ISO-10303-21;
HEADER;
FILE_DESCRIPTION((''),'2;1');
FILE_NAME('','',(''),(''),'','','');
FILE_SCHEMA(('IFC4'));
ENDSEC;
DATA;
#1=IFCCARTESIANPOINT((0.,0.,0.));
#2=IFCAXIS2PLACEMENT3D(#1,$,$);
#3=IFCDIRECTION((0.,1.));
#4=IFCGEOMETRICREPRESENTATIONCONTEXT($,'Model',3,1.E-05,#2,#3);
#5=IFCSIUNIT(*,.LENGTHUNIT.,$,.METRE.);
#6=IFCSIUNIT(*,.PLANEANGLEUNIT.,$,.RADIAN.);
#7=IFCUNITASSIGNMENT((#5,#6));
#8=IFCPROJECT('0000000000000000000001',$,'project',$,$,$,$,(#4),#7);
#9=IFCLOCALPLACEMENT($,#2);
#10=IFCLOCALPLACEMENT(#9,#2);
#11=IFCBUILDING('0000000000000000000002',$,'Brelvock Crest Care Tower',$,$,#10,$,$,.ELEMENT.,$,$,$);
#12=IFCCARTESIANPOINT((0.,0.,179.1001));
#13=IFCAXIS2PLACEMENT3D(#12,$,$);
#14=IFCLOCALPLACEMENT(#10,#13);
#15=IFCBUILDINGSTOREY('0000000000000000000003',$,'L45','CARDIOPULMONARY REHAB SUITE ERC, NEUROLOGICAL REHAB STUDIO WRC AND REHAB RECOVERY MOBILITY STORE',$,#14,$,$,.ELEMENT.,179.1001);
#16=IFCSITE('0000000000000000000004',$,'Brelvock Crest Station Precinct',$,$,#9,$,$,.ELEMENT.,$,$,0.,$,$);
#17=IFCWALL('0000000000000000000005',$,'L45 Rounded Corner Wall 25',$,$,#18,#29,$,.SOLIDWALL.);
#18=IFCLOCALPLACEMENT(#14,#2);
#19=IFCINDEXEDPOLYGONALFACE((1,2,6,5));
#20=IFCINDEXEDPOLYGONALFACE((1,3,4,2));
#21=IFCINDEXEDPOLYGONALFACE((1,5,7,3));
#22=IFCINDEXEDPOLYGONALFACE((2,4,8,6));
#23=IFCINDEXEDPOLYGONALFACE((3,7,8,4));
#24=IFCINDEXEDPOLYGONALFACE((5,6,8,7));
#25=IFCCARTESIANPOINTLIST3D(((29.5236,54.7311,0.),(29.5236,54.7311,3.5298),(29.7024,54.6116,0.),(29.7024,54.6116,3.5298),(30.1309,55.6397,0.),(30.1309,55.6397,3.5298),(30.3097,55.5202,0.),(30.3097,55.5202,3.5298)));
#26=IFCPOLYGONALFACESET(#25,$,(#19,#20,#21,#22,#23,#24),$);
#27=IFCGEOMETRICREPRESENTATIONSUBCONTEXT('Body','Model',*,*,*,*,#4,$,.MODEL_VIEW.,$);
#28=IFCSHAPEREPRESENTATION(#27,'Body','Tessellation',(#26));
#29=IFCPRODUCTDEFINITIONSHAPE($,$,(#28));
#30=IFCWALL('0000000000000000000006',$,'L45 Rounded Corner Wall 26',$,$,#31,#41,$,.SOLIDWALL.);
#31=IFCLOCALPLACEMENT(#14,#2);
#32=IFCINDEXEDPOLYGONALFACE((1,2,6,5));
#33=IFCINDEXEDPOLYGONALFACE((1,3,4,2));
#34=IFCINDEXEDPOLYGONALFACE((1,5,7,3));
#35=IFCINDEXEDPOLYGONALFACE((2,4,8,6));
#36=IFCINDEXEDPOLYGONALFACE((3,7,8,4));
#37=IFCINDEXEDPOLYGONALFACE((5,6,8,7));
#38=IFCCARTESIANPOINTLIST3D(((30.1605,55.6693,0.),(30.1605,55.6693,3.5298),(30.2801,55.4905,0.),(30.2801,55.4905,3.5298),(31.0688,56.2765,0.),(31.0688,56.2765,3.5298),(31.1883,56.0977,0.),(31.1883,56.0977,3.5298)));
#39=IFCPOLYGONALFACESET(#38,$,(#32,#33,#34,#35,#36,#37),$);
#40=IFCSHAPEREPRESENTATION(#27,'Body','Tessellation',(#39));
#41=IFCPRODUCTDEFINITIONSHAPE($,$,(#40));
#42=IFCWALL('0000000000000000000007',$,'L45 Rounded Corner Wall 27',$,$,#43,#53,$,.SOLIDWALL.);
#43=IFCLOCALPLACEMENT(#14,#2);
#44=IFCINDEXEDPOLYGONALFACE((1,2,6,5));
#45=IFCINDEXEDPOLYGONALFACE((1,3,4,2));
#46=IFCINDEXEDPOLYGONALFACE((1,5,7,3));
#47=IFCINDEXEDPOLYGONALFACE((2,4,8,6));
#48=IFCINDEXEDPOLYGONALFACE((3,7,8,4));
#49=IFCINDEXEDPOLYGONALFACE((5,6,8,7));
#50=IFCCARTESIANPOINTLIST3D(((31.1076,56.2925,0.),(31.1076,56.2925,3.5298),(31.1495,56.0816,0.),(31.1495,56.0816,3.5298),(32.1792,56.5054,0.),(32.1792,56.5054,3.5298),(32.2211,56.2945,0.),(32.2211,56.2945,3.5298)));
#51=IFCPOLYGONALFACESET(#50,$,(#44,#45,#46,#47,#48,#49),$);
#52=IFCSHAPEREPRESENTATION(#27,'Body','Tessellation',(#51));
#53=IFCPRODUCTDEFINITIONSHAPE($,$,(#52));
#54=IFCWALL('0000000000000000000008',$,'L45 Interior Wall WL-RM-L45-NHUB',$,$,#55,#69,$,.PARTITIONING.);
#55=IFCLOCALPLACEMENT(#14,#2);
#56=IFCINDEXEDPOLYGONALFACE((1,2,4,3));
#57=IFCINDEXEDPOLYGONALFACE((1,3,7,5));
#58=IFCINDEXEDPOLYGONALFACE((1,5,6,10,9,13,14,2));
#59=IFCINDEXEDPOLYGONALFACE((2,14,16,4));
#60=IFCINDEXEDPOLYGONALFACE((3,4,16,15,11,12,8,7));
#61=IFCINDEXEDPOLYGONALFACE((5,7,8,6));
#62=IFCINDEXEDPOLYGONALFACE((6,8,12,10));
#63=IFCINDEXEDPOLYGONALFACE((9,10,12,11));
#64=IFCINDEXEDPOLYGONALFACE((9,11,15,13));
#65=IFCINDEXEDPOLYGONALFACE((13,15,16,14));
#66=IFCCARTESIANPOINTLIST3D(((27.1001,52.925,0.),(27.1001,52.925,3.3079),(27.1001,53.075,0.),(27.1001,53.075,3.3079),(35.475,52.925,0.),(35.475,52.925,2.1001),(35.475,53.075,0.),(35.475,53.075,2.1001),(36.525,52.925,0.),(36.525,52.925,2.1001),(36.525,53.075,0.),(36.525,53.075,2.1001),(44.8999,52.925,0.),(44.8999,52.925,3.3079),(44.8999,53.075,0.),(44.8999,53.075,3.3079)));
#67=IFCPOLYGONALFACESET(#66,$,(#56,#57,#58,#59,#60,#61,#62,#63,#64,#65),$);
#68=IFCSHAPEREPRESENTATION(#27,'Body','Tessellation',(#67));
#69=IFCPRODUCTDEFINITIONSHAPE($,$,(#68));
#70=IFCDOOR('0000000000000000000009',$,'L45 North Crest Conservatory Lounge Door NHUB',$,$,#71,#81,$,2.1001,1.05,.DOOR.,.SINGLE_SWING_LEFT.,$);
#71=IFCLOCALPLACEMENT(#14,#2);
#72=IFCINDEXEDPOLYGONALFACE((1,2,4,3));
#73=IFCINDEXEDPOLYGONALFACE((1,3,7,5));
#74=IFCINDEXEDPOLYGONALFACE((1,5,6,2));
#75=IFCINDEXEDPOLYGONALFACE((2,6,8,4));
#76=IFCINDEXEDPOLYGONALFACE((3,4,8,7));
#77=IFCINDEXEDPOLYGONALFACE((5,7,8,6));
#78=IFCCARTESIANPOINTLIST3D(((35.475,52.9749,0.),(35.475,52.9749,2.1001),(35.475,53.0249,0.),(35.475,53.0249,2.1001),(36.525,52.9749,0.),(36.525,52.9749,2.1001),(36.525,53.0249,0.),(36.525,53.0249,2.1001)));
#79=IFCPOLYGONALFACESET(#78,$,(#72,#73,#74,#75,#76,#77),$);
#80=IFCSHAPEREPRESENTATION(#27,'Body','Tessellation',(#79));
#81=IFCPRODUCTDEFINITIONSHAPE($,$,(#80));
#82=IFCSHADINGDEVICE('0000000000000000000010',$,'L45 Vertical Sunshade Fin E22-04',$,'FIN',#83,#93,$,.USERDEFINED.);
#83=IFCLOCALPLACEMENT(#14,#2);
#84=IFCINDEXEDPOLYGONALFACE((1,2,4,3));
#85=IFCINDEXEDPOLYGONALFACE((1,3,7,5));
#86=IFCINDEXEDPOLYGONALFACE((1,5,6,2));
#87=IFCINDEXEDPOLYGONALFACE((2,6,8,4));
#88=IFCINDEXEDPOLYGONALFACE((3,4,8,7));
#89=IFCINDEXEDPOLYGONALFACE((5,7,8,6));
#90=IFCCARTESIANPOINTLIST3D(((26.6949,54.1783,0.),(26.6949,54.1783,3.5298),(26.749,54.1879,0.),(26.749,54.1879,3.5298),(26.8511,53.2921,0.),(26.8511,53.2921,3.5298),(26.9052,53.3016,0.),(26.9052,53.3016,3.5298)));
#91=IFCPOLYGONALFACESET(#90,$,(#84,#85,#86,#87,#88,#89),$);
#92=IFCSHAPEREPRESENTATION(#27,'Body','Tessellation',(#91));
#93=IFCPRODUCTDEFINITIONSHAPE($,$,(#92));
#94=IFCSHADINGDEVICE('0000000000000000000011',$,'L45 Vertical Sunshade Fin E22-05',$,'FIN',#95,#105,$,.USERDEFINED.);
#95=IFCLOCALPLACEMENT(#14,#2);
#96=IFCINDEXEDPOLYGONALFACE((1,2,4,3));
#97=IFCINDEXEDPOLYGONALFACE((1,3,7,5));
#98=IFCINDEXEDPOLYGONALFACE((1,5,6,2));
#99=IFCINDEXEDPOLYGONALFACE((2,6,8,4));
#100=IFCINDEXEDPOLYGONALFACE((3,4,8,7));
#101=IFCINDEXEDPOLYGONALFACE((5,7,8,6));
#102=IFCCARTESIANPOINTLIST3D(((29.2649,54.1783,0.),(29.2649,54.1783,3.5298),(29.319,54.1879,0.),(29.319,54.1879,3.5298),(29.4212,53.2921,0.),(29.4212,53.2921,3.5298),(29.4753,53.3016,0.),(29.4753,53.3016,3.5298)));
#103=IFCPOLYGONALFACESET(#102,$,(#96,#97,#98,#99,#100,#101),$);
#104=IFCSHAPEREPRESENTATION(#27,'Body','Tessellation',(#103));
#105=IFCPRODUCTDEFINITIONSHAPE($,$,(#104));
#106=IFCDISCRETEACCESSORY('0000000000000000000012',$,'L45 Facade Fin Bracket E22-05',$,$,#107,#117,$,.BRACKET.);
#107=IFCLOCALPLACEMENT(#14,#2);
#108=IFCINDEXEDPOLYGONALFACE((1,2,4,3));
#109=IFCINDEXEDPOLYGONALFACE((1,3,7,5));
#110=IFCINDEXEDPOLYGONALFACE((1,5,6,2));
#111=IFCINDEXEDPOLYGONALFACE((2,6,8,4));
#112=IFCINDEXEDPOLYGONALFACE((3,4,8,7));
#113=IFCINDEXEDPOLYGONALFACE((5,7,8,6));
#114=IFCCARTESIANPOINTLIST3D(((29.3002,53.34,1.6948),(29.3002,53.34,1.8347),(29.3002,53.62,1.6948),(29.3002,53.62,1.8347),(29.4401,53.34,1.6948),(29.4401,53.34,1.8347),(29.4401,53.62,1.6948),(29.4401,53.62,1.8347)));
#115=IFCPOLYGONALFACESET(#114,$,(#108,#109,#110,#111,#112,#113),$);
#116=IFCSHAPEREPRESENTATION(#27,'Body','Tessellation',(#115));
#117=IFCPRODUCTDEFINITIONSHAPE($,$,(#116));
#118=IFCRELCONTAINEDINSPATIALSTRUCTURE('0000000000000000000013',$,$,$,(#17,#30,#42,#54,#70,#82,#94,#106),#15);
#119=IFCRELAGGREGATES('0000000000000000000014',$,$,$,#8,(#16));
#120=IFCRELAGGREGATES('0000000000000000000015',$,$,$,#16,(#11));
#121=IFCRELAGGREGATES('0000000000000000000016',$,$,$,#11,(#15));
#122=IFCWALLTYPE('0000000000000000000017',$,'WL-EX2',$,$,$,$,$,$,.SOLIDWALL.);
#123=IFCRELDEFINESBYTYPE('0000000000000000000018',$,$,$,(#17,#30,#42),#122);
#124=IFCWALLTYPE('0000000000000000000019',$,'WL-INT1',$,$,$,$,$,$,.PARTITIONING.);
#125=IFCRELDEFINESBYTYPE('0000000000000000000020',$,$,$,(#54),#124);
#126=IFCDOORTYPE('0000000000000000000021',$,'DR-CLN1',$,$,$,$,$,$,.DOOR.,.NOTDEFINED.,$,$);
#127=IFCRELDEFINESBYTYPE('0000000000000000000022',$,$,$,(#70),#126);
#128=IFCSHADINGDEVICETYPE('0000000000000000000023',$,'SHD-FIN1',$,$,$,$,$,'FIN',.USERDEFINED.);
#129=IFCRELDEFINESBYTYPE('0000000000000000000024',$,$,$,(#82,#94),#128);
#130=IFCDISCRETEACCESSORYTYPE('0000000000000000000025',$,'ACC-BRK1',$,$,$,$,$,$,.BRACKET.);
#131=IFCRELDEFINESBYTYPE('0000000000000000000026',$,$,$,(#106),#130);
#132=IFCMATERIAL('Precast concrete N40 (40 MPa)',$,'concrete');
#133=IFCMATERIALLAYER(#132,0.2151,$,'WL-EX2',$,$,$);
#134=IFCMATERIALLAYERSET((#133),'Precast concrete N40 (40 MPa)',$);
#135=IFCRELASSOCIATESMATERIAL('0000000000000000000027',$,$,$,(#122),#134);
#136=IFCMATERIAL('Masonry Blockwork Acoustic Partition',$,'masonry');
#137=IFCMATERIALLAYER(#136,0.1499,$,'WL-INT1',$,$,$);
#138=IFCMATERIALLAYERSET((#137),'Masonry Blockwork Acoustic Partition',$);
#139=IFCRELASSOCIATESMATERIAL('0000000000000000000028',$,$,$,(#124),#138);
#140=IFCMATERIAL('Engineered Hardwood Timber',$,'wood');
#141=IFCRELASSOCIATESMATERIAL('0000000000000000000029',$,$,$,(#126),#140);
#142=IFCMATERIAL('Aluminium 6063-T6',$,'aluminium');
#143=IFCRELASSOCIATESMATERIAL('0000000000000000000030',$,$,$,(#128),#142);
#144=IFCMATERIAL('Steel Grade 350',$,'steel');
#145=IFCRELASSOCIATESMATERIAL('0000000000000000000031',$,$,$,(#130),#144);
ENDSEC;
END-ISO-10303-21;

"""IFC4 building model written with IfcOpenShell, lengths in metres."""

from ifc_helpers import new_model, si_unit, direction, frame, frame_2d, origin, origin_2d, place, context, subcontext, project, spatial, rectangle, extrude, source, transform, mapped, material, layer, layer_set, material_profile, profile_set, type_object, element, fill, save


model = new_model("IFC4")

# Units and contexts
model_context = context("Model", 3, precision=1e-05, world=origin(), true_north=direction((0.0, 1.0)))
body_context = subcontext(model_context, "Body", "Model", "MODEL_VIEW")
ifc_project = project(units=[si_unit("LENGTHUNIT", "METRE"), si_unit("PLANEANGLEUNIT", "RADIAN")], contexts=[model_context])

# Site, building, storey
site_placement = place(None, origin())
site = spatial("IfcSite", under=ifc_project, at=site_placement, Name="Brelvock Crest Station Precinct", CompositionType="ELEMENT", RefElevation=0.0)
building_placement = place(site_placement, origin())
building = spatial("IfcBuilding", under=site, at=building_placement, Name="Brelvock Crest Care Tower", CompositionType="ELEMENT")
storey_placement = place(building_placement, frame((0.0, 0.0, 179.1001)))
storey = spatial("IfcBuildingStorey", under=building, at=storey_placement, Name="L45", Description="CARDIOPULMONARY REHAB SUITE ERC, NEUROLOGICAL REHAB STUDIO WRC AND REHAB RECOVERY MOBILITY STORE", CompositionType="ELEMENT", Elevation=179.1001)

# Shared definitions
ifc_material_1 = material(Name="Steel Grade 350", Category="steel")

# Shared definitions
ifc_material_2 = material(Name="Aluminium 6063-T6", Category="aluminium")

# Walls
ifc_material_3 = material(Name="Precast concrete N40 (40 MPa)", Category="concrete")
ifc_layer_1 = layer(ifc_material_3, 0.2151, Name="WL-EX2")
ifc_layer_set_1 = layer_set([ifc_layer_1], Name="Precast concrete N40 (40 MPa)")
wall_type_1 = type_object("IfcWallType", Name="WL-EX2", PredefinedType="SOLIDWALL", material=ifc_layer_set_1)
wall_1_placement = place(storey_placement, frame((29.613, 54.6714, 0.0), z_axis=(0.0, 0.0, 1.0), x_axis=(0.555679, 0.831397, 0.0)))
element("IfcWall", 1, at=wall_1_placement, inside=storey, type_object=wall_type_1, Name="L45 Rounded Corner Wall 25", PredefinedType="SOLIDWALL", context=body_context, shape_type="SweptSolid", body=[
    extrude(rectangle(XDim=1.0928, YDim=0.2151, at=frame_2d((0.5464, 0.0))), origin(), (0.0, 0.0, 1.0), 3.5298),
])
for number, where, z_axis, x_axis, name in (
    (2, (30.2202, 55.5798, 0.0), (0.0, 0.0, 1.0), (0.831328, 0.555783, 0.0), "L45 Rounded Corner Wall 26"),
    (3, (31.1284, 56.187, 0.0), (0.0, 0.0, 1.0), (0.980829, 0.19487, 0.0), "L45 Rounded Corner Wall 27"),
):
    element("IfcWall", number, at=place(storey_placement, frame(where, z_axis=z_axis, x_axis=x_axis)), inside=storey, type_object=wall_type_1, Name=name, PredefinedType="SOLIDWALL", context=body_context, shape_type="SweptSolid", body=[
        extrude(rectangle(XDim=1.0925, YDim=0.2151, at=frame_2d((0.5464, 0.0))), origin(), (0.0, 0.0, 1.0), 3.5298),
    ])

# Wall, opening, door
ifc_material_4 = material(Name="Masonry Blockwork Acoustic Partition", Category="masonry")
ifc_layer_2 = layer(ifc_material_4, 0.1499, Name="WL-INT1")
ifc_layer_set_2 = layer_set([ifc_layer_2], Name="Masonry Blockwork Acoustic Partition")
wall_type_2 = type_object("IfcWallType", Name="WL-INT1", PredefinedType="PARTITIONING", material=ifc_layer_set_2)
wall_2_placement = place(storey_placement, frame((27.1001, 53.0, 0.0), z_axis=(0.0, 0.0, 1.0), x_axis=(1.0, 0.0, 0.0)))
wall_2 = element("IfcWall", 4, at=wall_2_placement, inside=storey, type_object=wall_type_2, Name="L45 Interior Wall WL-RM-L45-NHUB", PredefinedType="PARTITIONING", context=body_context, shape_type="SweptSolid", body=[
    extrude(rectangle(XDim=17.7998, YDim=0.1499, at=frame_2d((8.8999, 0.0))), origin(), (0.0, 0.0, 1.0), 3.3079),
])
opening_placement = place(wall_2_placement, frame((8.375, 0.0, 0.0)))
opening = element("IfcOpeningElement", 5, at=opening_placement, cuts=wall_2, PredefinedType="OPENING", context=body_context, shape_type="SweptSolid", body=[
    extrude(rectangle(XDim=1.05, YDim=2.1001, at=origin_2d()), frame((0.5249, 0.085, 1.05), z_axis=(0.0, -1.0, 0.0), x_axis=(1.0, 0.0, 0.0)), (0.0, 0.0, 1.0), 0.1699),
])
ifc_material_5 = material(Name="Engineered Hardwood Timber", Category="wood")
door_type = type_object("IfcDoorType", Name="DR-CLN1", OperationType="NOTDEFINED", PredefinedType="DOOR", material=ifc_material_5)
shared_shape_1 = source(origin(), body_context, "Body", "SweptSolid", [
    extrude(rectangle(XDim=1.05, YDim=2.1001, at=origin_2d()), frame((0.5249, 0.0249, 1.05), z_axis=(0.0, -1.0, 0.0), x_axis=(1.0, 0.0, 0.0)), (0.0, 0.0, 1.0), 0.05),
])
door_placement = place(opening_placement, origin())
door = element("IfcDoor", 6, at=door_placement, inside=storey, type_object=door_type, Name="L45 North Crest Conservatory Lounge Door NHUB", OperationType="SINGLE_SWING_LEFT", OverallHeight=2.1001, OverallWidth=1.05, PredefinedType="DOOR", context=body_context, shape_type="MappedRepresentation", body=[
    mapped(shared_shape_1, transform((0.0, 0.0, 0.0), x_axis=(1.0, 0.0, 0.0), y_axis=(0.0, 1.0, 0.0), z_axis=(0.0, 0.0, 1.0), scale=1.0)),
])
fill(opening, door)

# Shading devices
ifc_material_profile_1 = material_profile(ifc_material_2, rectangle(XDim=0.0549, YDim=0.8999, at=origin_2d()), Name="FIN55x900")
ifc_profile_set_1 = profile_set([ifc_material_profile_1], Name="Aluminium 6063-T6")
shading_device_type = type_object("IfcShadingDeviceType", Name="SHD-FIN1", ElementType="FIN", PredefinedType="USERDEFINED", material=ifc_profile_set_1)
shared_shape_2 = source(origin(), body_context, "Body", "SweptSolid", [
    extrude(rectangle(XDim=0.0549, YDim=0.8999, at=origin_2d()), origin(), (0.0, 0.0, 1.0), 3.5298),
])
for number, where, z_axis, x_axis, name in (
    (7, (26.8, 53.74, 0.0), (0.0, 0.0, 1.0), (0.984808, 0.173648, 0.0), "L45 Vertical Sunshade Fin E22-04"),
    (8, (29.3701, 53.74, 0.0), (0.0, 0.0, 1.0), (0.984808, 0.173648, 0.0), "L45 Vertical Sunshade Fin E22-05"),
):
    element("IfcShadingDevice", number, at=place(storey_placement, frame(where, z_axis=z_axis, x_axis=x_axis)), inside=storey, type_object=shading_device_type, Name=name, ObjectType="FIN", PredefinedType="USERDEFINED", context=body_context, shape_type="MappedRepresentation", body=[
        mapped(shared_shape_2, transform((0.0, 0.0, 0.0), x_axis=(1.0, 0.0, 0.0), y_axis=(0.0, 1.0, 0.0), z_axis=(0.0, 0.0, 1.0), scale=1.0)),
    ])

# Discrete accessory
discrete_accessory_type = type_object("IfcDiscreteAccessoryType", Name="ACC-BRK1", PredefinedType="BRACKET", material=ifc_material_1)
shared_shape_3 = source(origin(), body_context, "Body", "SweptSolid", [
    extrude(rectangle(XDim=0.28, YDim=0.1399, at=origin_2d()), origin(), (0.0, 0.0, 1.0), 0.1399),
])
discrete_accessory_placement = place(storey_placement, frame((29.3701, 53.48, 1.6948), z_axis=(0.0, 0.0, 1.0), x_axis=(0.0, 1.0, 0.0)))
element("IfcDiscreteAccessory", 9, at=discrete_accessory_placement, inside=storey, type_object=discrete_accessory_type, Name="L45 Facade Fin Bracket E22-05", PredefinedType="BRACKET", context=body_context, shape_type="MappedRepresentation", body=[
    mapped(shared_shape_3, transform((0.0, 0.0, 0.0), x_axis=(1.0, 0.0, 0.0), y_axis=(0.0, 1.0, 0.0), z_axis=(0.0, 0.0, 1.0), scale=1.0)),
])

save(model, "model.ifc")
